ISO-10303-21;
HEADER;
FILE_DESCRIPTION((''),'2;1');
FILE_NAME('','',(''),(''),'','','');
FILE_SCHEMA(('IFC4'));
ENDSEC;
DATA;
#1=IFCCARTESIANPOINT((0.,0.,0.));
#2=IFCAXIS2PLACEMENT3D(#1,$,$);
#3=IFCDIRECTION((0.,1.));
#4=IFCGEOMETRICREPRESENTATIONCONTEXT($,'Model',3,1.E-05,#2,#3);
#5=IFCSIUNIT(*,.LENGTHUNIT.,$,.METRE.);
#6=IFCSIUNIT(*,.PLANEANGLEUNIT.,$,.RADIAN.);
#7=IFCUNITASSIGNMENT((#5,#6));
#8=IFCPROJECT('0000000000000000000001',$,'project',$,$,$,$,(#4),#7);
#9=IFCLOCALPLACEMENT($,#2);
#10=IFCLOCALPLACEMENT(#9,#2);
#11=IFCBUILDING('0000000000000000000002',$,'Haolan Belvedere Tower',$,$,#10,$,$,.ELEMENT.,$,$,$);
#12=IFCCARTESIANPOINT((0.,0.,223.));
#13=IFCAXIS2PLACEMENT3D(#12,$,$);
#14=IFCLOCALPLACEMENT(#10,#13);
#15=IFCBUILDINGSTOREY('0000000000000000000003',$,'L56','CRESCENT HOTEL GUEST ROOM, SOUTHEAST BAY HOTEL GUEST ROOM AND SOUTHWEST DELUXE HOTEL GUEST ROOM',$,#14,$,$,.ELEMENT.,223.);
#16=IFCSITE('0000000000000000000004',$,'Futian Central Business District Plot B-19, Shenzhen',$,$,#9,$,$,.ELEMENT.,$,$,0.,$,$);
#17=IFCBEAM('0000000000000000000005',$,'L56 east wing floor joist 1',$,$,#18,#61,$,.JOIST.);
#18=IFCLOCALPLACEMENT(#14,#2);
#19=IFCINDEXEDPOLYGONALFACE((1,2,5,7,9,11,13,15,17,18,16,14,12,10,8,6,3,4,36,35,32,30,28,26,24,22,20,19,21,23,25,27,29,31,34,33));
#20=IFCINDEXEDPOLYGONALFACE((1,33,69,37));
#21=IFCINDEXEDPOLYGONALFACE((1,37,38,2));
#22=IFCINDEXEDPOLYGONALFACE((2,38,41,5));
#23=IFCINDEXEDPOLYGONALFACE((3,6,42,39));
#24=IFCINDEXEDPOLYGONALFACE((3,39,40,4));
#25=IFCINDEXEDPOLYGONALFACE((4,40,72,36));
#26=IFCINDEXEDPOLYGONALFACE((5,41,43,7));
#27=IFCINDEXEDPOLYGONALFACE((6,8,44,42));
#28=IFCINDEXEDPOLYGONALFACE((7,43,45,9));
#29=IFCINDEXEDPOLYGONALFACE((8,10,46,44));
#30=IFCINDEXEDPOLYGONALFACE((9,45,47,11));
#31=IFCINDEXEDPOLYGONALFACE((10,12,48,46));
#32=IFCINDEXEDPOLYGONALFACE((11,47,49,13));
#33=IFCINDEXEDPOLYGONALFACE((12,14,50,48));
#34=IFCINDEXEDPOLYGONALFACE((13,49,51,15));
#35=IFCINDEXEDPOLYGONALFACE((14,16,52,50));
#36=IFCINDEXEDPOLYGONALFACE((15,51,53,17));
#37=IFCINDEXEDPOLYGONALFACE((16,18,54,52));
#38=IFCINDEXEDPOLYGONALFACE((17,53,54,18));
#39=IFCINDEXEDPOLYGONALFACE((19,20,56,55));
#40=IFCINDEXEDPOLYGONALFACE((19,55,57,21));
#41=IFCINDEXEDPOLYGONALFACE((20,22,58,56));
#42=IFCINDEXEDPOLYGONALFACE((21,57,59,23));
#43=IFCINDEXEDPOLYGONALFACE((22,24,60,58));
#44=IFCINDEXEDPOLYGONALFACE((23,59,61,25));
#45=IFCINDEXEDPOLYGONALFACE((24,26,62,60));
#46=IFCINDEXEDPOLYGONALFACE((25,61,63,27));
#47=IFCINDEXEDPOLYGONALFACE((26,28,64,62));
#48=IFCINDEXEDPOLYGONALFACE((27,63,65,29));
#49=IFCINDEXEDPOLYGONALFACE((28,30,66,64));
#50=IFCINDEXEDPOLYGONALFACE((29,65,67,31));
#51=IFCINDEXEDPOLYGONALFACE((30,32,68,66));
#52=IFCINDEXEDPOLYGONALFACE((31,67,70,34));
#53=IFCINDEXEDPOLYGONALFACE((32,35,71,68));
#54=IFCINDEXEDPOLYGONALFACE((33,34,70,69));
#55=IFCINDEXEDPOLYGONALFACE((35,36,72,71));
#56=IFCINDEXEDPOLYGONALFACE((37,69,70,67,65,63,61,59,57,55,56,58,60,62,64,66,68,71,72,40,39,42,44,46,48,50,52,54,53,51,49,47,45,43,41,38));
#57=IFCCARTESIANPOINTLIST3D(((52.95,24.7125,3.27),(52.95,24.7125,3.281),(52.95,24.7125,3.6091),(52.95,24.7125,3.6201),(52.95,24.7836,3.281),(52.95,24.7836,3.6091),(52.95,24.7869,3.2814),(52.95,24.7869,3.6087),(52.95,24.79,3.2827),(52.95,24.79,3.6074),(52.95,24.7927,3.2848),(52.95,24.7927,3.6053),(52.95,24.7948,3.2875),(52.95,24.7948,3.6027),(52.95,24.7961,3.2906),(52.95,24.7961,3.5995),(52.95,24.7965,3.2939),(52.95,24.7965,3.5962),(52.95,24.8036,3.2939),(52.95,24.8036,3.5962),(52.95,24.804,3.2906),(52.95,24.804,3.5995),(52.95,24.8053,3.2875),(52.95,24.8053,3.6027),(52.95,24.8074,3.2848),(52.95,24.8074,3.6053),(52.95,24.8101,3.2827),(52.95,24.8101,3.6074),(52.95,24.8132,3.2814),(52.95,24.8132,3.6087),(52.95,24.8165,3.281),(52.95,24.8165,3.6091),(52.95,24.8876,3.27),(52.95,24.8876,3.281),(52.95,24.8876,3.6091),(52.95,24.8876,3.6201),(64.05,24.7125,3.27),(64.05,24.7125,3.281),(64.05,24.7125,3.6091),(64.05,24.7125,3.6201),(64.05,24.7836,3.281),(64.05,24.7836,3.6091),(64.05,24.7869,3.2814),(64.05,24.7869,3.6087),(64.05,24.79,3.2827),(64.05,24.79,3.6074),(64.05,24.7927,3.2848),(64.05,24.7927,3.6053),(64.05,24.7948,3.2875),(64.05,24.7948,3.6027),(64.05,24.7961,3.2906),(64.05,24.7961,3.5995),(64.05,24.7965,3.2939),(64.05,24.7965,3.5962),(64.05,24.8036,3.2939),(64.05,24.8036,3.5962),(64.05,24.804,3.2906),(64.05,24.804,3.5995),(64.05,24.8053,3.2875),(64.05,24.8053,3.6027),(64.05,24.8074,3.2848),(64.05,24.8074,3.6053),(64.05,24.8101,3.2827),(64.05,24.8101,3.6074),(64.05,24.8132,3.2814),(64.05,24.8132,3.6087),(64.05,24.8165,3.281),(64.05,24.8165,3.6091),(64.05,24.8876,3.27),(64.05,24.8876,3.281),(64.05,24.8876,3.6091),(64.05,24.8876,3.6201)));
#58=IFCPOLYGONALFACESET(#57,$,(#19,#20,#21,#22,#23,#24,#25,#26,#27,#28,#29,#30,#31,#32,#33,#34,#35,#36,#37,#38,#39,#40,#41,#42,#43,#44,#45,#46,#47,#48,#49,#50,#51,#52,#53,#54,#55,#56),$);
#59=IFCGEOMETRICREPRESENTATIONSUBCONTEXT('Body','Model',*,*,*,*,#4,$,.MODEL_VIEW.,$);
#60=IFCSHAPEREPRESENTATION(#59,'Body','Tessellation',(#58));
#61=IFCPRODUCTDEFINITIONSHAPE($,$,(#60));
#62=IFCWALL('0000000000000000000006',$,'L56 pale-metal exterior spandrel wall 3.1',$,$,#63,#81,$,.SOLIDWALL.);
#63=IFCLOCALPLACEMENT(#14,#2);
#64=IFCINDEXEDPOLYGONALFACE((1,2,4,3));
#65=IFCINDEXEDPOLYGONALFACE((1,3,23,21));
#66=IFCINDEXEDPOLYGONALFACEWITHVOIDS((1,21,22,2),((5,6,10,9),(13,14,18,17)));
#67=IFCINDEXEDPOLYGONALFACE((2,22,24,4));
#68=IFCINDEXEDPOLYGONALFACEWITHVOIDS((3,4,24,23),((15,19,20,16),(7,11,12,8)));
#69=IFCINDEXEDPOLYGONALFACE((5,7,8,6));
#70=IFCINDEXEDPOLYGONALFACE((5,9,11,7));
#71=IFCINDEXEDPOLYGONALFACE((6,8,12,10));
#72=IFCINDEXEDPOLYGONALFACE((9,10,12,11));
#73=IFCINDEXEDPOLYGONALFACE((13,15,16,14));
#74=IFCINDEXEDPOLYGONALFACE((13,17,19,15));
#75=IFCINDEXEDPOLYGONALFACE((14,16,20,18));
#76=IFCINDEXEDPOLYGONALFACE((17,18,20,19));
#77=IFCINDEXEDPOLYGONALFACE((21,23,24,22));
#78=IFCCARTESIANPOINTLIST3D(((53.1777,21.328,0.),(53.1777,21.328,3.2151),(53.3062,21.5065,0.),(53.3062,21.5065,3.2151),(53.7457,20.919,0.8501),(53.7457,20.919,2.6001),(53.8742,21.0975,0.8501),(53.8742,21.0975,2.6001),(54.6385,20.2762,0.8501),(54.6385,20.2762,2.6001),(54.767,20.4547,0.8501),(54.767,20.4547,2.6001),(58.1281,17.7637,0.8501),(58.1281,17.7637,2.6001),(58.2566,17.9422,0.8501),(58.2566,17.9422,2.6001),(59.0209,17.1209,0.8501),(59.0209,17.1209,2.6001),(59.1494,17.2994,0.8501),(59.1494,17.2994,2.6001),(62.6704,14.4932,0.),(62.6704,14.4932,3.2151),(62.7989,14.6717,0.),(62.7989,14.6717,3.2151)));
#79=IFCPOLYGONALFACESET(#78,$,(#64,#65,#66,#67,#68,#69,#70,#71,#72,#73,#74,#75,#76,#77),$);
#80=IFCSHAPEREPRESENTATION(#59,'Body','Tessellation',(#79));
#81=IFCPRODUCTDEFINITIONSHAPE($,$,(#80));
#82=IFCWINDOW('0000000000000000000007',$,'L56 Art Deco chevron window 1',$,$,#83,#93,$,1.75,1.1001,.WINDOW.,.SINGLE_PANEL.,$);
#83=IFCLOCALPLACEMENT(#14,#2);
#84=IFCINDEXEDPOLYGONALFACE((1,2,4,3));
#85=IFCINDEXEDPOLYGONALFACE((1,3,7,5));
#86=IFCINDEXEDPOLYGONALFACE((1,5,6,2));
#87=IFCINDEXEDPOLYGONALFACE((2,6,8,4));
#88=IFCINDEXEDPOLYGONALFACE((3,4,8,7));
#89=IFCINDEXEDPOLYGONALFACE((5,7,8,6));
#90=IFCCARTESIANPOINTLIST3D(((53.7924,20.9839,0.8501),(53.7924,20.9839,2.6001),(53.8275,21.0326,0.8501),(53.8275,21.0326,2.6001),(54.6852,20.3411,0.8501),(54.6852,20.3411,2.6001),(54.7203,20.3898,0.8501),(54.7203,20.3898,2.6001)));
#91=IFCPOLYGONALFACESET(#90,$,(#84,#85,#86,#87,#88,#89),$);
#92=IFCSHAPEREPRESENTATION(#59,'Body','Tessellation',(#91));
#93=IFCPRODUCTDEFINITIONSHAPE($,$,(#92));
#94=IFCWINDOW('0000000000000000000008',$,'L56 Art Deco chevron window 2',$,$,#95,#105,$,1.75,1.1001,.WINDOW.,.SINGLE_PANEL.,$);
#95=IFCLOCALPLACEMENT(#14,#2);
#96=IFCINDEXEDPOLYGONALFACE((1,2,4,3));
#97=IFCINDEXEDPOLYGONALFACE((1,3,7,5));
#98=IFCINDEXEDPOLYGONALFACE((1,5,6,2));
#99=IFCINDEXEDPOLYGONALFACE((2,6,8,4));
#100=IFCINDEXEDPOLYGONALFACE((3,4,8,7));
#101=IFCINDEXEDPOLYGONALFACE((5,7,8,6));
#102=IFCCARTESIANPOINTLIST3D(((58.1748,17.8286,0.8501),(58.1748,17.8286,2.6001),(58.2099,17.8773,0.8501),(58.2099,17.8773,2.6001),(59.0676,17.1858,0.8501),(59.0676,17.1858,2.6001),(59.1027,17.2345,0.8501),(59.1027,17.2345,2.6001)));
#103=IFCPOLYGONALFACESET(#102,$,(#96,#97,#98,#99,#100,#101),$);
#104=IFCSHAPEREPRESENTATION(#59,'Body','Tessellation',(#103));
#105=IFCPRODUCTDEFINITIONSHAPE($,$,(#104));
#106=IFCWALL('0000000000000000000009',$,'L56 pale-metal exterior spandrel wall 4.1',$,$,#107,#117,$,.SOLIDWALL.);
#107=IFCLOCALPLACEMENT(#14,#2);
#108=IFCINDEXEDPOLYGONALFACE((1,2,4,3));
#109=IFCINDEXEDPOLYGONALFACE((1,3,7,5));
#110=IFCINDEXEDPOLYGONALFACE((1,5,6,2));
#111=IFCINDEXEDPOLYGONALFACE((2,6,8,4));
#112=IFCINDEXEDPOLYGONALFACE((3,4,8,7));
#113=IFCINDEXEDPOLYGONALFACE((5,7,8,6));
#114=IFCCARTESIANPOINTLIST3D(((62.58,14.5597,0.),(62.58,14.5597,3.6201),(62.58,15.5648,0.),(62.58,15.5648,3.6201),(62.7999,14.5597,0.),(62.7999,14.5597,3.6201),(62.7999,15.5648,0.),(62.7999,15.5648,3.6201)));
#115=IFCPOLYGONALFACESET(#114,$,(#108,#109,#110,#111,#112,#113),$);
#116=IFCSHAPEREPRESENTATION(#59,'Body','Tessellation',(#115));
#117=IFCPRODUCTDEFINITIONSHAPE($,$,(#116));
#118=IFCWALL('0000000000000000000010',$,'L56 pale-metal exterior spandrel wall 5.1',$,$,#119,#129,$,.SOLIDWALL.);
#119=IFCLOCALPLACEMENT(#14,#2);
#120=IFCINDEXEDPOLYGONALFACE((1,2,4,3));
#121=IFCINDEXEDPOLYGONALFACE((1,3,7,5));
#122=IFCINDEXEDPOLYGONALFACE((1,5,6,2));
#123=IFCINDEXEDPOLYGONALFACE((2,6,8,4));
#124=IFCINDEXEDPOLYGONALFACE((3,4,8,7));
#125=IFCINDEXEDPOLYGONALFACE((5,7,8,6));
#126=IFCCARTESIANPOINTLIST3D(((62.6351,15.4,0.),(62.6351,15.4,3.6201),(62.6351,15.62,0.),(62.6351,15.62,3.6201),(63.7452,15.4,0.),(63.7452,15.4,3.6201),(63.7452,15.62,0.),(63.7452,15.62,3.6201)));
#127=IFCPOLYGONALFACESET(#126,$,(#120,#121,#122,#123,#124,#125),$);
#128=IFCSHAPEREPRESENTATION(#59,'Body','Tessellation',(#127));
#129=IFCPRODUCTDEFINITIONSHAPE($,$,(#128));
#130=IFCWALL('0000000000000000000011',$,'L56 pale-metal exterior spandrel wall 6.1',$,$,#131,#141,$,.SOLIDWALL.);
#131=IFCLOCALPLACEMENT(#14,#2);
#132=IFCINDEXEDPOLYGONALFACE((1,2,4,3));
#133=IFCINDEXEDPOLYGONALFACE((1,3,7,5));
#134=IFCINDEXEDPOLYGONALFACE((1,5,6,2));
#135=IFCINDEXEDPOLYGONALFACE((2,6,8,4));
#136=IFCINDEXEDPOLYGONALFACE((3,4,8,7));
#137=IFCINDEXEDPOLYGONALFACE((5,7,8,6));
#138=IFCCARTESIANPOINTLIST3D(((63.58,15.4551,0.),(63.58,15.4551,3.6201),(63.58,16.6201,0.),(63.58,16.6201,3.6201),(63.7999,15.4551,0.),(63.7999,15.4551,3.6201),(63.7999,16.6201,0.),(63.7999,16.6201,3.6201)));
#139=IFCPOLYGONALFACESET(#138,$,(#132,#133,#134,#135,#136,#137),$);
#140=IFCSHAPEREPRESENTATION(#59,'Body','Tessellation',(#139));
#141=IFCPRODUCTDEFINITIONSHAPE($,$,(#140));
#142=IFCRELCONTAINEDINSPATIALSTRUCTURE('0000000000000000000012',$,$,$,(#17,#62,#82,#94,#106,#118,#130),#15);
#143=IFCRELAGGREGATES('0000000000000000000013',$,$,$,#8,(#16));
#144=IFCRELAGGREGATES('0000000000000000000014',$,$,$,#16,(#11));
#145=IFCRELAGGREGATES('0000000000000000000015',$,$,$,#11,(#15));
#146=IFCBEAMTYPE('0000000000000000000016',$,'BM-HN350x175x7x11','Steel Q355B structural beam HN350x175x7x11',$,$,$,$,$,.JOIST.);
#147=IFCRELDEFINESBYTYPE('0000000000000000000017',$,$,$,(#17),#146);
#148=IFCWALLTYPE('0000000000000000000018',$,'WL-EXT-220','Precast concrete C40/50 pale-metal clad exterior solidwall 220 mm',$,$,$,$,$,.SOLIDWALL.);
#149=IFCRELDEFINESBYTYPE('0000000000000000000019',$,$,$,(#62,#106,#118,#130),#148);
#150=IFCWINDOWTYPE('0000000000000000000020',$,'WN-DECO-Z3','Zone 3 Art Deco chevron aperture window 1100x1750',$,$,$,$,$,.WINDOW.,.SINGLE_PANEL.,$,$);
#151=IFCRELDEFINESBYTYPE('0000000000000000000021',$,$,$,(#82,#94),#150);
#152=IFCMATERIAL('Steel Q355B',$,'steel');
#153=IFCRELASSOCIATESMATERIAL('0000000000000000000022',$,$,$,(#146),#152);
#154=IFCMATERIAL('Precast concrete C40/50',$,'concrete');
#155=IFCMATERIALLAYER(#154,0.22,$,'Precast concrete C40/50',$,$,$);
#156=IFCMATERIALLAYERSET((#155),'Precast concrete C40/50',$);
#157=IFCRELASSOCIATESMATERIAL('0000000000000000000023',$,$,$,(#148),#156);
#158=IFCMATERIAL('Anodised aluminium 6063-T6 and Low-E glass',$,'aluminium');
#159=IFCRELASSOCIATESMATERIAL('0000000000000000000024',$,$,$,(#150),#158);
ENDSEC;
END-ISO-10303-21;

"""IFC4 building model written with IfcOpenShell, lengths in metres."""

from ifc_helpers import new_model, si_unit, direction, frame, frame_2d, origin, origin_2d, place, context, subcontext, project, spatial, rectangle, i_section, extrude, material, layer, layer_set, material_profile, profile_set, type_object, element, fill, save


model = new_model("IFC4")

# Units and contexts
model_context = context("Model", 3, precision=1e-05, world=origin(), true_north=direction((0.0, 1.0)))
body_context = subcontext(model_context, "Body", "Model", "MODEL_VIEW")
ifc_project = project(units=[si_unit("LENGTHUNIT", "METRE"), si_unit("PLANEANGLEUNIT", "RADIAN")], contexts=[model_context])

# Site, building, storey
site_placement = place(None, origin())
site = spatial("IfcSite", under=ifc_project, at=site_placement, Name="Futian Central Business District Plot B-19, Shenzhen", CompositionType="ELEMENT", RefElevation=0.0)
building_placement = place(site_placement, origin())
building = spatial("IfcBuilding", under=site, at=building_placement, Name="Haolan Belvedere Tower", CompositionType="ELEMENT")
storey_placement = place(building_placement, frame((0.0, 0.0, 223.0)))
storey = spatial("IfcBuildingStorey", under=building, at=storey_placement, Name="L56", Description="CRESCENT HOTEL GUEST ROOM, SOUTHEAST BAY HOTEL GUEST ROOM AND SOUTHWEST DELUXE HOTEL GUEST ROOM", CompositionType="ELEMENT", Elevation=223.0)

# Beam
ifc_material_1 = material(Name="Steel Q355B", Category="steel")
ifc_material_profile_1 = material_profile(ifc_material_1, i_section(OverallWidth=0.175, OverallDepth=0.3501, WebThickness=0.0071, FlangeThickness=0.011, FilletRadius=0.0129, at=origin_2d()), Name="Steel Q355B")
ifc_profile_set_1 = profile_set([ifc_material_profile_1], Name="Steel Q355B")
beam_type_1 = type_object("IfcBeamType", Name="BM-HN350x175x7x11", Description="Steel Q355B structural beam HN350x175x7x11", PredefinedType="JOIST", material=ifc_profile_set_1)
beam_1_placement = place(storey_placement, frame((52.95, 24.8, 3.4451), z_axis=(1.0, 0.0, 0.0), x_axis=(0.0, 1.0, 0.0)))
element("IfcBeam", 1, at=beam_1_placement, inside=storey, type_object=beam_type_1, Name="L56 east wing floor joist 1", PredefinedType="JOIST", context=body_context, shape_type="SweptSolid", body=[
    extrude(i_section(OverallWidth=0.175, OverallDepth=0.3501, WebThickness=0.0071, FlangeThickness=0.011, FilletRadius=0.0129, at=origin_2d()), origin(), (0.0, 0.0, 1.0), 11.1001),
])

# Wall, openings, windows
ifc_material_2 = material(Name="Precast concrete C40/50", Category="concrete")
ifc_layer_1 = layer(ifc_material_2, 0.22, Name="Precast concrete C40/50")
ifc_layer_set_1 = layer_set([ifc_layer_1], Name="Precast concrete C40/50")
wall_type_1 = type_object("IfcWallType", Name="WL-EXT-220", Description="Precast concrete C40/50 pale-metal clad exterior solidwall 220 mm", PredefinedType="SOLIDWALL", material=ifc_layer_set_1)
wall_1_placement = place(storey_placement, frame((53.2419, 21.4172, 0.0), z_axis=(0.0, 0.0, 1.0), x_axis=(0.811535, -0.584304, 0.0)))
wall_1 = element("IfcWall", 2, at=wall_1_placement, inside=storey, type_object=wall_type_1, Name="L56 pale-metal exterior spandrel wall 3.1", PredefinedType="SOLIDWALL", context=body_context, shape_type="SweptSolid", body=[
    extrude(rectangle(XDim=11.6973, YDim=0.22, at=frame_2d((5.8486, 0.0))), origin(), (0.0, 0.0, 1.0), 3.2151),
])
opening_1_placement = place(wall_1_placement, frame((0.7, 0.0, 0.8501)))
opening_1 = element("IfcOpeningElement", 3, at=opening_1_placement, cuts=wall_1, PredefinedType="OPENING", context=body_context, shape_type="SweptSolid", body=[
    extrude(rectangle(XDim=1.1001, YDim=1.75, at=frame_2d((0.55, 0.875))), frame((0.0, 0.1199, 0.0), z_axis=(0.0, -1.0, 0.0), x_axis=(1.0, 0.0, 0.0)), (0.0, 0.0, 1.0), 0.24),
])
opening_2_placement = place(wall_1_placement, frame((6.1001, 0.0, 0.8501)))
opening_2 = element("IfcOpeningElement", 4, at=opening_2_placement, cuts=wall_1, PredefinedType="OPENING", context=body_context, shape_type="SweptSolid", body=[
    extrude(rectangle(XDim=1.1001, YDim=1.75, at=frame_2d((0.55, 0.875))), frame((0.0, 0.1199, 0.0), z_axis=(0.0, -1.0, 0.0), x_axis=(1.0, 0.0, 0.0)), (0.0, 0.0, 1.0), 0.24),
])
ifc_material_3 = material(Name="Anodised aluminium 6063-T6 and Low-E glass", Category="aluminium")
window_type = type_object("IfcWindowType", Name="WN-DECO-Z3", Description="Zone 3 Art Deco chevron aperture window 1100x1750", PartitioningType="SINGLE_PANEL", PredefinedType="WINDOW", material=ifc_material_3)
window_1_placement = place(opening_1_placement, origin())
window_1 = element("IfcWindow", 5, at=window_1_placement, inside=storey, type_object=window_type, Name="L56 Art Deco chevron window 1", OverallHeight=1.75, OverallWidth=1.1001, PartitioningType="SINGLE_PANEL", PredefinedType="WINDOW", context=body_context, shape_type="SweptSolid", body=[
    extrude(rectangle(XDim=1.1001, YDim=1.75, at=frame_2d((0.55, 0.875))), frame((0.0, 0.03, 0.0), z_axis=(0.0, -1.0, 0.0), x_axis=(1.0, 0.0, 0.0)), (0.0, 0.0, 1.0), 0.0601),
])
fill(opening_1, window_1)
window_2_placement = place(opening_2_placement, origin())
window_2 = element("IfcWindow", 6, at=window_2_placement, inside=storey, type_object=window_type, Name="L56 Art Deco chevron window 2", OverallHeight=1.75, OverallWidth=1.1001, PartitioningType="SINGLE_PANEL", PredefinedType="WINDOW", context=body_context, shape_type="SweptSolid", body=[
    extrude(rectangle(XDim=1.1001, YDim=1.75, at=frame_2d((0.55, 0.875))), frame((0.0, 0.03, 0.0), z_axis=(0.0, -1.0, 0.0), x_axis=(1.0, 0.0, 0.0)), (0.0, 0.0, 1.0), 0.0601),
])
fill(opening_2, window_2)

# Walls
wall_2_placement = place(storey_placement, frame((62.6899, 14.5598, 0.0), z_axis=(0.0, 0.0, 1.0), x_axis=(0.0, 1.0, 0.0)))
element("IfcWall", 7, at=wall_2_placement, inside=storey, type_object=wall_type_1, Name="L56 pale-metal exterior spandrel wall 4.1", PredefinedType="SOLIDWALL", context=body_context, shape_type="SweptSolid", body=[
    extrude(rectangle(XDim=1.0051, YDim=0.22, at=frame_2d((0.5024, 0.0))), origin(), (0.0, 0.0, 1.0), 3.6201),
])
wall_3_placement = place(storey_placement, frame((62.635, 15.51, 0.0), z_axis=(0.0, 0.0, 1.0), x_axis=(1.0, 0.0, 0.0)))
element("IfcWall", 8, at=wall_3_placement, inside=storey, type_object=wall_type_1, Name="L56 pale-metal exterior spandrel wall 5.1", PredefinedType="SOLIDWALL", context=body_context, shape_type="SweptSolid", body=[
    extrude(rectangle(XDim=1.1101, YDim=0.22, at=frame_2d((0.5552, 0.0))), origin(), (0.0, 0.0, 1.0), 3.6201),
])
wall_4_placement = place(storey_placement, frame((63.6899, 15.4551, 0.0), z_axis=(0.0, 0.0, 1.0), x_axis=(0.0, 1.0, 0.0)))
element("IfcWall", 9, at=wall_4_placement, inside=storey, type_object=wall_type_1, Name="L56 pale-metal exterior spandrel wall 6.1", PredefinedType="SOLIDWALL", context=body_context, shape_type="SweptSolid", body=[
    extrude(rectangle(XDim=1.165, YDim=0.22, at=frame_2d((0.5825, 0.0))), origin(), (0.0, 0.0, 1.0), 3.6201),
])

save(model, "model.ifc")
